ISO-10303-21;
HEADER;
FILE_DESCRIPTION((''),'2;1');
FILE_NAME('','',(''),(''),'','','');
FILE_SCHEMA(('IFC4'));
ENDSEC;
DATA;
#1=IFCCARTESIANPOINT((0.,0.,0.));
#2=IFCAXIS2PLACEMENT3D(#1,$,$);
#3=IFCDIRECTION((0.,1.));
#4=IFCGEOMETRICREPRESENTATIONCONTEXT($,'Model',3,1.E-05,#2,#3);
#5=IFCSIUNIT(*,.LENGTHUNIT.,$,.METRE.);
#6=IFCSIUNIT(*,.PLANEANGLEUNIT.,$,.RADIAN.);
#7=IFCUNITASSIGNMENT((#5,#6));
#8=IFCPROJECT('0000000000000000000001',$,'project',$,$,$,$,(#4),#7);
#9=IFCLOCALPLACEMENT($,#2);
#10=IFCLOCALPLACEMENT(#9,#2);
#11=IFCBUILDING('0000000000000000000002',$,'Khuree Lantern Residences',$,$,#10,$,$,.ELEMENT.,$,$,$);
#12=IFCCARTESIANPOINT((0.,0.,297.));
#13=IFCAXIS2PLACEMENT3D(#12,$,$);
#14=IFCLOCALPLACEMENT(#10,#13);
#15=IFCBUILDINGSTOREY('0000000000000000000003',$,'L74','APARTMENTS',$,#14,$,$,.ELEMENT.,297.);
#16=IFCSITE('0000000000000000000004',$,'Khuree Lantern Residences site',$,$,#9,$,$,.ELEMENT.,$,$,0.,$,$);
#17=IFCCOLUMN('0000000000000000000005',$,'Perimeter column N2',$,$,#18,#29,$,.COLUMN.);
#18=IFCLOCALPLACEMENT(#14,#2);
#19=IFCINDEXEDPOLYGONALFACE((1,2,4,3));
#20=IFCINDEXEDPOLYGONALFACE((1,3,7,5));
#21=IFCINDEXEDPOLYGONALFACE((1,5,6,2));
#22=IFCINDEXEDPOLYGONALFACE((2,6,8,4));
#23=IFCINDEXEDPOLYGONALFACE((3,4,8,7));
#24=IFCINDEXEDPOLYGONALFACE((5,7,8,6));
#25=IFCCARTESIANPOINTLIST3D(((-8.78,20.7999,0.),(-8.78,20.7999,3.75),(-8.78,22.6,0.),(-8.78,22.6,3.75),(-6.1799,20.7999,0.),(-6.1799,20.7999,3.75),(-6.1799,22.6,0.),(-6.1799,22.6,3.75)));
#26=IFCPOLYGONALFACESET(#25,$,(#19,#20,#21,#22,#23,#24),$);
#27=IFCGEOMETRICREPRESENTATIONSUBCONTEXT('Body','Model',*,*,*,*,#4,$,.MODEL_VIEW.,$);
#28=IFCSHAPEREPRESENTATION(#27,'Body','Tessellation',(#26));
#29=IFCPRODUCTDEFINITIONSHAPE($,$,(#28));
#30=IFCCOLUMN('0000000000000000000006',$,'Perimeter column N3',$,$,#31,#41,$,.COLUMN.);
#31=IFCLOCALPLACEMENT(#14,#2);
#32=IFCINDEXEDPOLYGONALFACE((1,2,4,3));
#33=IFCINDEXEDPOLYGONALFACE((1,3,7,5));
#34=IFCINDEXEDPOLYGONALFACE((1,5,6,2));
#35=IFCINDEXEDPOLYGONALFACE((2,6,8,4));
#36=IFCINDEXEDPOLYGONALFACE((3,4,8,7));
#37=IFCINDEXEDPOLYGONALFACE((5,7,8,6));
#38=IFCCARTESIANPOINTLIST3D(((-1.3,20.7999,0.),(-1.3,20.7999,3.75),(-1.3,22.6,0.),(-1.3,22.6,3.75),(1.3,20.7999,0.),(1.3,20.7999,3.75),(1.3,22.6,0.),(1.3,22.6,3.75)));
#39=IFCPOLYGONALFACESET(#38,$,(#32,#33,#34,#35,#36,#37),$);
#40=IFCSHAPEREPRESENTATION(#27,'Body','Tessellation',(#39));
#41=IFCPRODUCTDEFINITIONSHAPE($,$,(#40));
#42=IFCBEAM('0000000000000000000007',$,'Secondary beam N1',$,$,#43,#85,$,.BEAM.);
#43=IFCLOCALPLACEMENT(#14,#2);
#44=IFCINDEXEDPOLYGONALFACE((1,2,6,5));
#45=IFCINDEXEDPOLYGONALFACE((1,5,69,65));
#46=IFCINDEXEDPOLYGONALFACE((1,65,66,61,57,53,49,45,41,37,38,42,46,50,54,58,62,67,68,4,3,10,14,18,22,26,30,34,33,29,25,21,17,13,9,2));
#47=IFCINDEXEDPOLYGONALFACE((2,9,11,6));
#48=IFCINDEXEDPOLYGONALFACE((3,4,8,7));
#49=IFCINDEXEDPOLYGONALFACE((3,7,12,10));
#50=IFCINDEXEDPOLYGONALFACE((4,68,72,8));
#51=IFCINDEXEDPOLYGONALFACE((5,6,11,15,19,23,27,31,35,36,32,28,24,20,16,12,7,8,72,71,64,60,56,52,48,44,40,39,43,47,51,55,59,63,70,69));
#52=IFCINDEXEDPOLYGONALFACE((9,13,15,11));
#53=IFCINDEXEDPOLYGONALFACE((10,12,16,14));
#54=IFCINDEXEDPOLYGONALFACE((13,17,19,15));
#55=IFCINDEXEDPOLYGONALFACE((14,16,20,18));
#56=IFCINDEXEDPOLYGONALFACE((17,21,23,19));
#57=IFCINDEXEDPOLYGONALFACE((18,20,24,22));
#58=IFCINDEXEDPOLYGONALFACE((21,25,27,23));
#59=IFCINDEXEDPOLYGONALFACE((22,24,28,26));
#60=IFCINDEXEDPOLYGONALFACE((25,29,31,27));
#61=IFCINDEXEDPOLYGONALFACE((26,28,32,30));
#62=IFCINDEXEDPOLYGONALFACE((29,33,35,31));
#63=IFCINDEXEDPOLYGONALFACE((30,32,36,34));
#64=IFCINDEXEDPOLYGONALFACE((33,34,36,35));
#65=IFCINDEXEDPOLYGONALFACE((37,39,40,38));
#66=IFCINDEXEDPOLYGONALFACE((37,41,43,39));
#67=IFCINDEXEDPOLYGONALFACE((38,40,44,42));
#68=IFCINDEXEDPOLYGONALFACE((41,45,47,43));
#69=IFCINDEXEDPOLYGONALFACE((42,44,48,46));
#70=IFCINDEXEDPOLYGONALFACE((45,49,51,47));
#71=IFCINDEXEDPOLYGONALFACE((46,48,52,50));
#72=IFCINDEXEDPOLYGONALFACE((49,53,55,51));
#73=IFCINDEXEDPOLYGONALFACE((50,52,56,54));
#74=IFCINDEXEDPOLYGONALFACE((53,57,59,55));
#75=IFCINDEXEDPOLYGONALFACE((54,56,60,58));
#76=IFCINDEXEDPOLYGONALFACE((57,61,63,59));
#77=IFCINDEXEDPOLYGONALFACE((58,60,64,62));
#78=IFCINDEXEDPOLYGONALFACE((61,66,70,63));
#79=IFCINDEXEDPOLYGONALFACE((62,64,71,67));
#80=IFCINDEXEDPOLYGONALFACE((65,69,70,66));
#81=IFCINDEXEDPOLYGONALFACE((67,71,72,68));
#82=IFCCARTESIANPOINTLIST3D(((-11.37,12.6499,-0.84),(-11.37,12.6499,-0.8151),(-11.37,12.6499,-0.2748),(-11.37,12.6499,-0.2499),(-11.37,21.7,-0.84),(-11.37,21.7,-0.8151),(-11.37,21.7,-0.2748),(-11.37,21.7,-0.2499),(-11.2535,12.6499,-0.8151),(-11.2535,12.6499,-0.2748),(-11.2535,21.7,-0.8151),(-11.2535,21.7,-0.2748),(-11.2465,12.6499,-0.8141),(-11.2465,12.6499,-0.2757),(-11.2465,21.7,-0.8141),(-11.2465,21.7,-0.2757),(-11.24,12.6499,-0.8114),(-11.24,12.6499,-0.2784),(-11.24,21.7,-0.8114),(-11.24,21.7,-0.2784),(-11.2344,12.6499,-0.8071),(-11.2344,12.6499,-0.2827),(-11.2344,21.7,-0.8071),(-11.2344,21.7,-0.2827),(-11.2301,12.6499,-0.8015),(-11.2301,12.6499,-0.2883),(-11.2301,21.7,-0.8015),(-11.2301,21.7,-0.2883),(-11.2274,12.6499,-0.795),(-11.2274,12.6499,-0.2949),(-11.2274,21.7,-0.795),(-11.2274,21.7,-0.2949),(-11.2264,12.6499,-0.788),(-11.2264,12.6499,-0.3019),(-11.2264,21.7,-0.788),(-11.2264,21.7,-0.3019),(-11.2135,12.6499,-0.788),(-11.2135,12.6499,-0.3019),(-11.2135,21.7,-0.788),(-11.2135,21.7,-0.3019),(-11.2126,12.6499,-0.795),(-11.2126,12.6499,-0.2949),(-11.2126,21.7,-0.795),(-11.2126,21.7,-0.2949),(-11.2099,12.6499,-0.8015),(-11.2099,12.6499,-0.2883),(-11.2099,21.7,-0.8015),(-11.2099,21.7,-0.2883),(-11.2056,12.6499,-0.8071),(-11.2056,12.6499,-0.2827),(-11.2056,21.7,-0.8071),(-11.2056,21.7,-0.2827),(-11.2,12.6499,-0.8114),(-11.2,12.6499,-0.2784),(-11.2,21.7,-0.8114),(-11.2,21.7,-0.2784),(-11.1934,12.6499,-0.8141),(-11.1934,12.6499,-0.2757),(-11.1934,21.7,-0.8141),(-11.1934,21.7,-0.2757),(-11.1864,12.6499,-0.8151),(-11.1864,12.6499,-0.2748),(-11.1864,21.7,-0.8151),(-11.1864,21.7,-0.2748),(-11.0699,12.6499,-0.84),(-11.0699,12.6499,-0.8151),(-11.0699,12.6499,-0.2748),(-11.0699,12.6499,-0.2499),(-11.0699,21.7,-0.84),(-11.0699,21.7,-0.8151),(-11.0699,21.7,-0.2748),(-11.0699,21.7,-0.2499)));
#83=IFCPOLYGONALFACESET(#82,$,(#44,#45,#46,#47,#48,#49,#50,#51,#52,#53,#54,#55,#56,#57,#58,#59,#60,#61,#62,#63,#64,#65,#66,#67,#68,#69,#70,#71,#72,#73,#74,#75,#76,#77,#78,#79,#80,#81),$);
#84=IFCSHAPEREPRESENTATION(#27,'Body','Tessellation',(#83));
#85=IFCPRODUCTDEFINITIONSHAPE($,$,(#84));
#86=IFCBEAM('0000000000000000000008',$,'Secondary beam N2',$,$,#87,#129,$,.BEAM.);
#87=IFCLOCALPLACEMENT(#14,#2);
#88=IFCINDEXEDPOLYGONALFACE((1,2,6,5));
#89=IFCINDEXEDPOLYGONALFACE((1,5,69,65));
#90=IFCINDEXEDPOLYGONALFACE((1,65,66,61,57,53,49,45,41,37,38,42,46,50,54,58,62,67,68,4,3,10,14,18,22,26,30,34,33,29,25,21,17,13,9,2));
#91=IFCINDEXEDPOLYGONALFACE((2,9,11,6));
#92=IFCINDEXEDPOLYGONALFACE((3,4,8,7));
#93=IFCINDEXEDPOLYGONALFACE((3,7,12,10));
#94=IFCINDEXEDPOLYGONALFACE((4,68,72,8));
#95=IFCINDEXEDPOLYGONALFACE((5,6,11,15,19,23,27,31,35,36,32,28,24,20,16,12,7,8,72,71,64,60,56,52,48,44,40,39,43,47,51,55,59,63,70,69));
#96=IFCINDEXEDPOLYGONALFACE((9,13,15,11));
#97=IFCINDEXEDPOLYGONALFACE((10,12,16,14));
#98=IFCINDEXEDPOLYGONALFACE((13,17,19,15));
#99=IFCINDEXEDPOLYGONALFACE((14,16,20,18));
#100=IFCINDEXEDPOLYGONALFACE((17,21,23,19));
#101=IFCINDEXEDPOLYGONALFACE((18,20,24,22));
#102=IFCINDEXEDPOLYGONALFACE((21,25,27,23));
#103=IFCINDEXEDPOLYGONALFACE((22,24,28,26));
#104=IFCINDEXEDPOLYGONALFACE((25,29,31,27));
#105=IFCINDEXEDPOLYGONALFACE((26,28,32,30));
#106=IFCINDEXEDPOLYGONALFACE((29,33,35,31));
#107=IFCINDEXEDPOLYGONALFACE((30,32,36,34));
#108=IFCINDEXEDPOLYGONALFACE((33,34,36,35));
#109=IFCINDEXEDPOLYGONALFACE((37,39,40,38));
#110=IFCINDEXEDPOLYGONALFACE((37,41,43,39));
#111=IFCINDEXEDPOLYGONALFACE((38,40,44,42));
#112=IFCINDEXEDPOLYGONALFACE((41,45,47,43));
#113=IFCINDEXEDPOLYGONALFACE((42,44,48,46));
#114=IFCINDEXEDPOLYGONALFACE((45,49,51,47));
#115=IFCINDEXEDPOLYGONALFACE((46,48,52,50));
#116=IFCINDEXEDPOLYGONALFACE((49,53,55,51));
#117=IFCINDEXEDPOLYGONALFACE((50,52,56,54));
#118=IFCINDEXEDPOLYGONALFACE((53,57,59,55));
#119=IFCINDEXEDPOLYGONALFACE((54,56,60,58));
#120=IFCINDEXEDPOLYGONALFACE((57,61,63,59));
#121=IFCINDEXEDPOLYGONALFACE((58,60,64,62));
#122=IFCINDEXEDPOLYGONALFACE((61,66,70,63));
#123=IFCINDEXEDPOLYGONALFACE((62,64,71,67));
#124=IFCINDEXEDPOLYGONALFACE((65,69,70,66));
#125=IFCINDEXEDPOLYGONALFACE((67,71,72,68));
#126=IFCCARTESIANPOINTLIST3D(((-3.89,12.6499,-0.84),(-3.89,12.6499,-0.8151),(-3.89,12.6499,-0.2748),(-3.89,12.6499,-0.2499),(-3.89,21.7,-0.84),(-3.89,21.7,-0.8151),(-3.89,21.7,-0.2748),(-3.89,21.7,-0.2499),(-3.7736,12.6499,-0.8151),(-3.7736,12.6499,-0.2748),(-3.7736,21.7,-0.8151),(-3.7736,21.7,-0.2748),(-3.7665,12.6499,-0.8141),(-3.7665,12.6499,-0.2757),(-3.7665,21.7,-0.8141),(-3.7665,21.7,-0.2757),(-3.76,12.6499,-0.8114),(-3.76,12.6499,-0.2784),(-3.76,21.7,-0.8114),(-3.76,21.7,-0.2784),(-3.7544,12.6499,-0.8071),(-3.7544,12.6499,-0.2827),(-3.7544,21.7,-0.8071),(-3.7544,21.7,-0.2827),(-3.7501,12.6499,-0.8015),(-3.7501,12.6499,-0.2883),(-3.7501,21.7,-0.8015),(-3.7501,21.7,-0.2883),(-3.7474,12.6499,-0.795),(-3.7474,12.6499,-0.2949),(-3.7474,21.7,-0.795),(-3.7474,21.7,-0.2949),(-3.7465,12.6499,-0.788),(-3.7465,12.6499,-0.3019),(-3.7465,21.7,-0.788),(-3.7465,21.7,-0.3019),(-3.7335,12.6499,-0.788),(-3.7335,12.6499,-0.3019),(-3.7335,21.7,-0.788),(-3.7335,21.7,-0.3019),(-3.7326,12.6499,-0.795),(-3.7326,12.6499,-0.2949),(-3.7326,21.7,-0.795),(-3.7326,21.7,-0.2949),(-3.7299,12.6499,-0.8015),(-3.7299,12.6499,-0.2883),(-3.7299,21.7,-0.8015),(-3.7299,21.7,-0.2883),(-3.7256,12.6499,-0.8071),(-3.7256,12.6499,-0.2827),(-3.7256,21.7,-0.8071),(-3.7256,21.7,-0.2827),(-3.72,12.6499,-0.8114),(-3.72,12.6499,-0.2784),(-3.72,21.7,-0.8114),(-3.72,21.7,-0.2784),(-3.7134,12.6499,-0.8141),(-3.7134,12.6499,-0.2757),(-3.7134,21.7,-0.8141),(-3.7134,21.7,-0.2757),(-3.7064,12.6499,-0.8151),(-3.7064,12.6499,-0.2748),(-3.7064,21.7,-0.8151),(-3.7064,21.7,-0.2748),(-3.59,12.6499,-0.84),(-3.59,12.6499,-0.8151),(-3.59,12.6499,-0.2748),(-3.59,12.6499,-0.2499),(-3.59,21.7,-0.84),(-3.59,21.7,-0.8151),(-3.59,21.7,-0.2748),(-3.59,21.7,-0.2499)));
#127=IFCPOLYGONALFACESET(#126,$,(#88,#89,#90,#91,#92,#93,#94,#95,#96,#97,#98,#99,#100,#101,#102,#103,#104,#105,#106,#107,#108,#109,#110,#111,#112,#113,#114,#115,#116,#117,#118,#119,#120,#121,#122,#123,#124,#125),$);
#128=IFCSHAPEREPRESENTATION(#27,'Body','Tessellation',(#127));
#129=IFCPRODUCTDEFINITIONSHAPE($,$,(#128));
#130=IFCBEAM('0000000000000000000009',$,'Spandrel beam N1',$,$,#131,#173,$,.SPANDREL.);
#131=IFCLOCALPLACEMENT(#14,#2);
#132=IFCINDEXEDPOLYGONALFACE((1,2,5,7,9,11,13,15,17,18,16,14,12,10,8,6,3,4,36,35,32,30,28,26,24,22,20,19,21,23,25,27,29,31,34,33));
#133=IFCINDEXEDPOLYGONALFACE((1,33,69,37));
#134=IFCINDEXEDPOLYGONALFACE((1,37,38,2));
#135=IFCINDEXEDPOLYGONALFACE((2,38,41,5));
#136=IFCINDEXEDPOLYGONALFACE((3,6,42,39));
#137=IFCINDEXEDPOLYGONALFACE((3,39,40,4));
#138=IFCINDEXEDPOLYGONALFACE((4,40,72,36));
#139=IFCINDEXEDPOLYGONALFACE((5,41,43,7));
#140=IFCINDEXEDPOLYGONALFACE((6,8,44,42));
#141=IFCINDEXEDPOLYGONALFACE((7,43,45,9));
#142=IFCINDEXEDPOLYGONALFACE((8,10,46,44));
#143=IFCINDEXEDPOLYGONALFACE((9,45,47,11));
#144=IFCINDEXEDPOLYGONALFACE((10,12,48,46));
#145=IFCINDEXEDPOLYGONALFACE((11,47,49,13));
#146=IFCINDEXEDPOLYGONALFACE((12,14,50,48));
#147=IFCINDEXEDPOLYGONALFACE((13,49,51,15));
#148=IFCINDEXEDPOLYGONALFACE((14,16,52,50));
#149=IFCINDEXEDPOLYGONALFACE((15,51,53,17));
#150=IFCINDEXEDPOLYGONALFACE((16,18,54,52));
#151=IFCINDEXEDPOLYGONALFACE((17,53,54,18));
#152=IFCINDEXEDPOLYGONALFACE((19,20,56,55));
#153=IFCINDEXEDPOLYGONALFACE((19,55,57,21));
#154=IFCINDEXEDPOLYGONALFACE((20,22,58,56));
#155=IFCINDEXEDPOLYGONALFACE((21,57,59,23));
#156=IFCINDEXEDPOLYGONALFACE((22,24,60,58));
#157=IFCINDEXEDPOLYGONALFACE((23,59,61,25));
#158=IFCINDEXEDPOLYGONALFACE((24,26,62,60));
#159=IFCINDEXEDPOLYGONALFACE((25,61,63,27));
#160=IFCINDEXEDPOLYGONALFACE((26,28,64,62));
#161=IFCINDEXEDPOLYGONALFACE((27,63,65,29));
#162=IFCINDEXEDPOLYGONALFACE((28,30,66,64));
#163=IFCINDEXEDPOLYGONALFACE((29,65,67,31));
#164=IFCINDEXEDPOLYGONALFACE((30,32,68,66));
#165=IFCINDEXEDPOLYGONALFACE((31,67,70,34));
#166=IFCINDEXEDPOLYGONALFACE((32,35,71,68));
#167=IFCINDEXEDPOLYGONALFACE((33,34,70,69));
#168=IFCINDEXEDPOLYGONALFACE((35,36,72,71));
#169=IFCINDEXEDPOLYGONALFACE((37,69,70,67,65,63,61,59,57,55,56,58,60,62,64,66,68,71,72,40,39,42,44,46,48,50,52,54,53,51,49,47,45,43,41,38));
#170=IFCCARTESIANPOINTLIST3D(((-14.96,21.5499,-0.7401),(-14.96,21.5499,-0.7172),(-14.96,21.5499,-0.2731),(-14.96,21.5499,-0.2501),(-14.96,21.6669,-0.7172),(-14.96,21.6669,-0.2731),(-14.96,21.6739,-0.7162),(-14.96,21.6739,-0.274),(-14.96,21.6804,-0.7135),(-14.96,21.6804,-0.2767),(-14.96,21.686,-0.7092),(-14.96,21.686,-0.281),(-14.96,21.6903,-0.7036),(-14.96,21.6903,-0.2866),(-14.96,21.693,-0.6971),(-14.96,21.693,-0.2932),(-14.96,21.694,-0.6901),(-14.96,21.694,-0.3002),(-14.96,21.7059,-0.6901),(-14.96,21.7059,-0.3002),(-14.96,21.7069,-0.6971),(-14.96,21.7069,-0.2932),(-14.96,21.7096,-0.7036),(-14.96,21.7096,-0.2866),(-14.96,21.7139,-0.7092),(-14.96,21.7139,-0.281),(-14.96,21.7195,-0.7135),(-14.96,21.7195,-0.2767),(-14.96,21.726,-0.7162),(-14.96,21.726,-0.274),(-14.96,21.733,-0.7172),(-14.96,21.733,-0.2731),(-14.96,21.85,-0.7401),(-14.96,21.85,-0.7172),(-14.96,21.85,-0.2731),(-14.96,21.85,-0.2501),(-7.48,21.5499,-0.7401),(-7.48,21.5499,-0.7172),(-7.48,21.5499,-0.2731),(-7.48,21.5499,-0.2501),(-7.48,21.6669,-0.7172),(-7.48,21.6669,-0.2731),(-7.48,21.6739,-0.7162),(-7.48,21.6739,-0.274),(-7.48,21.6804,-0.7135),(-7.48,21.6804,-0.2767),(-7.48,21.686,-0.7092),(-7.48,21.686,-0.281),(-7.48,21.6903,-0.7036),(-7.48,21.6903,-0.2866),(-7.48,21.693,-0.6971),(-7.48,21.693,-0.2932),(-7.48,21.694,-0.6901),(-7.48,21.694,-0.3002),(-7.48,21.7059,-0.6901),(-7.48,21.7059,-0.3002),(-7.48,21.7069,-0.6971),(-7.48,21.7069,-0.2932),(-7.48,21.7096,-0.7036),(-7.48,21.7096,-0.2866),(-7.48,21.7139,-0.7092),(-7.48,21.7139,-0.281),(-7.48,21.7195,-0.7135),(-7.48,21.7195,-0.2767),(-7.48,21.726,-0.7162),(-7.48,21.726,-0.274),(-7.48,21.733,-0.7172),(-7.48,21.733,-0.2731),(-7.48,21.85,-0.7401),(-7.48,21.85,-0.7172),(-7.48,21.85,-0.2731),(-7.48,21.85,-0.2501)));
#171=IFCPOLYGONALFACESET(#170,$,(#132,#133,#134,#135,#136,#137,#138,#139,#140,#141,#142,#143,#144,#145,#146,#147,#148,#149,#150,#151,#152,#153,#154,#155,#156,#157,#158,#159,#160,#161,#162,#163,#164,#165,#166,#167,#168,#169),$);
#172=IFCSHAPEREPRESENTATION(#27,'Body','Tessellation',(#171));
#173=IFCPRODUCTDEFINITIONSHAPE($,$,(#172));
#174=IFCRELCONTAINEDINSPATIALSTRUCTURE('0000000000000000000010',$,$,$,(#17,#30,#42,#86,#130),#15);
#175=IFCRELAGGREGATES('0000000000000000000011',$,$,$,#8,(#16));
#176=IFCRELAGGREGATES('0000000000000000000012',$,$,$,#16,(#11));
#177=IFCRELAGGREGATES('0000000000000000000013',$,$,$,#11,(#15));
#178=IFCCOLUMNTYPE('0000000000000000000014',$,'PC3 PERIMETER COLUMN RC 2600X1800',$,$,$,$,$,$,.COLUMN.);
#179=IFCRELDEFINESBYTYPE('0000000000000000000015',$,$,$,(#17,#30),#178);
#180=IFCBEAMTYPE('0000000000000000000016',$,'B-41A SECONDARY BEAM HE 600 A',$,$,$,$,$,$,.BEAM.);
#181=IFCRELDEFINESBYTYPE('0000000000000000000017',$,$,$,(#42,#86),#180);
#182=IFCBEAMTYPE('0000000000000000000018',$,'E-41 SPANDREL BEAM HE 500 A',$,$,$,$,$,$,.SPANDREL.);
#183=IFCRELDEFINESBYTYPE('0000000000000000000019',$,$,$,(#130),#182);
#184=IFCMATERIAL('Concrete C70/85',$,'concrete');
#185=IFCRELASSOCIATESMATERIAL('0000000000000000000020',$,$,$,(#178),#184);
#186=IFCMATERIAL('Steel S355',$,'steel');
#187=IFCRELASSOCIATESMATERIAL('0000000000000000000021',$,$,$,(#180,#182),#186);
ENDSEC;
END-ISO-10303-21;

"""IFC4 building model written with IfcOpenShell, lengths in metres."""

from ifc_helpers import new_model, si_unit, direction, frame, origin, origin_2d, place, context, subcontext, project, spatial, rectangle, i_section, extrude, material, material_profile, profile_set, type_object, element, save


model = new_model("IFC4")

# Units and contexts
model_context = context("Model", 3, precision=1e-05, world=origin(), true_north=direction((0.0, 1.0)))
body_context = subcontext(model_context, "Body", "Model", "MODEL_VIEW")
ifc_project = project(units=[si_unit("LENGTHUNIT", "METRE"), si_unit("PLANEANGLEUNIT", "RADIAN")], contexts=[model_context])

# Site, building, storey
site_placement = place(None, origin())
site = spatial("IfcSite", under=ifc_project, at=site_placement, Name="Khuree Lantern Residences site", CompositionType="ELEMENT", RefElevation=0.0)
building_placement = place(site_placement, origin())
building = spatial("IfcBuilding", under=site, at=building_placement, Name="Khuree Lantern Residences", CompositionType="ELEMENT")
storey_placement = place(building_placement, frame((0.0, 0.0, 297.0)))
storey = spatial("IfcBuildingStorey", under=building, at=storey_placement, Name="L74", Description="APARTMENTS", CompositionType="ELEMENT", Elevation=297.0)

# Columns
ifc_material_1 = material(Name="Concrete C70/85", Category="concrete")
ifc_material_profile_1 = material_profile(ifc_material_1, rectangle(XDim=2.6001, YDim=1.8, at=origin_2d()), Name="RC 2600X1800")
ifc_profile_set_1 = profile_set([ifc_material_profile_1], Name="Concrete C70/85")
column_type = type_object("IfcColumnType", Name="PC3 PERIMETER COLUMN RC 2600X1800", PredefinedType="COLUMN", material=ifc_profile_set_1)
for number, where, z_axis, x_axis, name in (
    (1, (-7.48, 21.7, 0.0), (0.0, 0.0, 1.0), (1.0, 0.0, 0.0), "Perimeter column N2"),
    (2, (0.0, 21.7, 0.0), (0.0, 0.0, 1.0), (1.0, 0.0, 0.0), "Perimeter column N3"),
):
    element("IfcColumn", number, at=place(storey_placement, frame(where, z_axis=z_axis, x_axis=x_axis)), inside=storey, type_object=column_type, Name=name, PredefinedType="COLUMN", context=body_context, shape_type="SweptSolid", body=[
        extrude(rectangle(XDim=2.6001, YDim=1.8, at=origin_2d()), origin(), (0.0, 0.0, 1.0), 3.75),
    ])

# Beams
ifc_material_2 = material(Name="Steel S355", Category="steel")
ifc_material_profile_2 = material_profile(ifc_material_2, i_section(OverallWidth=0.3, OverallDepth=0.5901, WebThickness=0.0129, FlangeThickness=0.0249, FilletRadius=0.0271, at=origin_2d()), Name="HE 600 A")
ifc_profile_set_2 = profile_set([ifc_material_profile_2], Name="Steel S355")
beam_type_1 = type_object("IfcBeamType", Name="B-41A SECONDARY BEAM HE 600 A", PredefinedType="BEAM", material=ifc_profile_set_2)
for number, where, z_axis, x_axis, name in (
    (3, (-11.22, 21.7, -0.5449), (0.0, -1.0, 0.0), (1.0, 0.0, 0.0), "Secondary beam N1"),
    (4, (-3.74, 21.7, -0.5449), (0.0, -1.0, 0.0), (1.0, 0.0, 0.0), "Secondary beam N2"),
):
    element("IfcBeam", number, at=place(storey_placement, frame(where, z_axis=z_axis, x_axis=x_axis)), inside=storey, type_object=beam_type_1, Name=name, PredefinedType="BEAM", context=body_context, shape_type="SweptSolid", body=[
        extrude(i_section(OverallWidth=0.3, OverallDepth=0.5901, WebThickness=0.0129, FlangeThickness=0.0249, FilletRadius=0.0271, at=origin_2d()), origin(), (0.0, 0.0, 1.0), 9.05),
    ])
ifc_material_profile_3 = material_profile(ifc_material_2, i_section(OverallWidth=0.3, OverallDepth=0.49, WebThickness=0.012, FlangeThickness=0.0229, FilletRadius=0.0271, at=origin_2d()), Name="HE 500 A")
ifc_profile_set_3 = profile_set([ifc_material_profile_3], Name="Steel S355")
beam_type_2 = type_object("IfcBeamType", Name="E-41 SPANDREL BEAM HE 500 A", PredefinedType="SPANDREL", material=ifc_profile_set_3)
for number, where, z_axis, x_axis, name in (
    (5, (-14.96, 21.7, -0.4951), (1.0, 0.0, 0.0), (0.0, 1.0, 0.0), "Spandrel beam N1"),
):
    element("IfcBeam", number, at=place(storey_placement, frame(where, z_axis=z_axis, x_axis=x_axis)), inside=storey, type_object=beam_type_2, Name=name, PredefinedType="SPANDREL", context=body_context, shape_type="SweptSolid", body=[
        extrude(i_section(OverallWidth=0.3, OverallDepth=0.49, WebThickness=0.012, FlangeThickness=0.0229, FilletRadius=0.0271, at=origin_2d()), origin(), (0.0, 0.0, 1.0), 7.48),
    ])

save(model, "model.ifc")
